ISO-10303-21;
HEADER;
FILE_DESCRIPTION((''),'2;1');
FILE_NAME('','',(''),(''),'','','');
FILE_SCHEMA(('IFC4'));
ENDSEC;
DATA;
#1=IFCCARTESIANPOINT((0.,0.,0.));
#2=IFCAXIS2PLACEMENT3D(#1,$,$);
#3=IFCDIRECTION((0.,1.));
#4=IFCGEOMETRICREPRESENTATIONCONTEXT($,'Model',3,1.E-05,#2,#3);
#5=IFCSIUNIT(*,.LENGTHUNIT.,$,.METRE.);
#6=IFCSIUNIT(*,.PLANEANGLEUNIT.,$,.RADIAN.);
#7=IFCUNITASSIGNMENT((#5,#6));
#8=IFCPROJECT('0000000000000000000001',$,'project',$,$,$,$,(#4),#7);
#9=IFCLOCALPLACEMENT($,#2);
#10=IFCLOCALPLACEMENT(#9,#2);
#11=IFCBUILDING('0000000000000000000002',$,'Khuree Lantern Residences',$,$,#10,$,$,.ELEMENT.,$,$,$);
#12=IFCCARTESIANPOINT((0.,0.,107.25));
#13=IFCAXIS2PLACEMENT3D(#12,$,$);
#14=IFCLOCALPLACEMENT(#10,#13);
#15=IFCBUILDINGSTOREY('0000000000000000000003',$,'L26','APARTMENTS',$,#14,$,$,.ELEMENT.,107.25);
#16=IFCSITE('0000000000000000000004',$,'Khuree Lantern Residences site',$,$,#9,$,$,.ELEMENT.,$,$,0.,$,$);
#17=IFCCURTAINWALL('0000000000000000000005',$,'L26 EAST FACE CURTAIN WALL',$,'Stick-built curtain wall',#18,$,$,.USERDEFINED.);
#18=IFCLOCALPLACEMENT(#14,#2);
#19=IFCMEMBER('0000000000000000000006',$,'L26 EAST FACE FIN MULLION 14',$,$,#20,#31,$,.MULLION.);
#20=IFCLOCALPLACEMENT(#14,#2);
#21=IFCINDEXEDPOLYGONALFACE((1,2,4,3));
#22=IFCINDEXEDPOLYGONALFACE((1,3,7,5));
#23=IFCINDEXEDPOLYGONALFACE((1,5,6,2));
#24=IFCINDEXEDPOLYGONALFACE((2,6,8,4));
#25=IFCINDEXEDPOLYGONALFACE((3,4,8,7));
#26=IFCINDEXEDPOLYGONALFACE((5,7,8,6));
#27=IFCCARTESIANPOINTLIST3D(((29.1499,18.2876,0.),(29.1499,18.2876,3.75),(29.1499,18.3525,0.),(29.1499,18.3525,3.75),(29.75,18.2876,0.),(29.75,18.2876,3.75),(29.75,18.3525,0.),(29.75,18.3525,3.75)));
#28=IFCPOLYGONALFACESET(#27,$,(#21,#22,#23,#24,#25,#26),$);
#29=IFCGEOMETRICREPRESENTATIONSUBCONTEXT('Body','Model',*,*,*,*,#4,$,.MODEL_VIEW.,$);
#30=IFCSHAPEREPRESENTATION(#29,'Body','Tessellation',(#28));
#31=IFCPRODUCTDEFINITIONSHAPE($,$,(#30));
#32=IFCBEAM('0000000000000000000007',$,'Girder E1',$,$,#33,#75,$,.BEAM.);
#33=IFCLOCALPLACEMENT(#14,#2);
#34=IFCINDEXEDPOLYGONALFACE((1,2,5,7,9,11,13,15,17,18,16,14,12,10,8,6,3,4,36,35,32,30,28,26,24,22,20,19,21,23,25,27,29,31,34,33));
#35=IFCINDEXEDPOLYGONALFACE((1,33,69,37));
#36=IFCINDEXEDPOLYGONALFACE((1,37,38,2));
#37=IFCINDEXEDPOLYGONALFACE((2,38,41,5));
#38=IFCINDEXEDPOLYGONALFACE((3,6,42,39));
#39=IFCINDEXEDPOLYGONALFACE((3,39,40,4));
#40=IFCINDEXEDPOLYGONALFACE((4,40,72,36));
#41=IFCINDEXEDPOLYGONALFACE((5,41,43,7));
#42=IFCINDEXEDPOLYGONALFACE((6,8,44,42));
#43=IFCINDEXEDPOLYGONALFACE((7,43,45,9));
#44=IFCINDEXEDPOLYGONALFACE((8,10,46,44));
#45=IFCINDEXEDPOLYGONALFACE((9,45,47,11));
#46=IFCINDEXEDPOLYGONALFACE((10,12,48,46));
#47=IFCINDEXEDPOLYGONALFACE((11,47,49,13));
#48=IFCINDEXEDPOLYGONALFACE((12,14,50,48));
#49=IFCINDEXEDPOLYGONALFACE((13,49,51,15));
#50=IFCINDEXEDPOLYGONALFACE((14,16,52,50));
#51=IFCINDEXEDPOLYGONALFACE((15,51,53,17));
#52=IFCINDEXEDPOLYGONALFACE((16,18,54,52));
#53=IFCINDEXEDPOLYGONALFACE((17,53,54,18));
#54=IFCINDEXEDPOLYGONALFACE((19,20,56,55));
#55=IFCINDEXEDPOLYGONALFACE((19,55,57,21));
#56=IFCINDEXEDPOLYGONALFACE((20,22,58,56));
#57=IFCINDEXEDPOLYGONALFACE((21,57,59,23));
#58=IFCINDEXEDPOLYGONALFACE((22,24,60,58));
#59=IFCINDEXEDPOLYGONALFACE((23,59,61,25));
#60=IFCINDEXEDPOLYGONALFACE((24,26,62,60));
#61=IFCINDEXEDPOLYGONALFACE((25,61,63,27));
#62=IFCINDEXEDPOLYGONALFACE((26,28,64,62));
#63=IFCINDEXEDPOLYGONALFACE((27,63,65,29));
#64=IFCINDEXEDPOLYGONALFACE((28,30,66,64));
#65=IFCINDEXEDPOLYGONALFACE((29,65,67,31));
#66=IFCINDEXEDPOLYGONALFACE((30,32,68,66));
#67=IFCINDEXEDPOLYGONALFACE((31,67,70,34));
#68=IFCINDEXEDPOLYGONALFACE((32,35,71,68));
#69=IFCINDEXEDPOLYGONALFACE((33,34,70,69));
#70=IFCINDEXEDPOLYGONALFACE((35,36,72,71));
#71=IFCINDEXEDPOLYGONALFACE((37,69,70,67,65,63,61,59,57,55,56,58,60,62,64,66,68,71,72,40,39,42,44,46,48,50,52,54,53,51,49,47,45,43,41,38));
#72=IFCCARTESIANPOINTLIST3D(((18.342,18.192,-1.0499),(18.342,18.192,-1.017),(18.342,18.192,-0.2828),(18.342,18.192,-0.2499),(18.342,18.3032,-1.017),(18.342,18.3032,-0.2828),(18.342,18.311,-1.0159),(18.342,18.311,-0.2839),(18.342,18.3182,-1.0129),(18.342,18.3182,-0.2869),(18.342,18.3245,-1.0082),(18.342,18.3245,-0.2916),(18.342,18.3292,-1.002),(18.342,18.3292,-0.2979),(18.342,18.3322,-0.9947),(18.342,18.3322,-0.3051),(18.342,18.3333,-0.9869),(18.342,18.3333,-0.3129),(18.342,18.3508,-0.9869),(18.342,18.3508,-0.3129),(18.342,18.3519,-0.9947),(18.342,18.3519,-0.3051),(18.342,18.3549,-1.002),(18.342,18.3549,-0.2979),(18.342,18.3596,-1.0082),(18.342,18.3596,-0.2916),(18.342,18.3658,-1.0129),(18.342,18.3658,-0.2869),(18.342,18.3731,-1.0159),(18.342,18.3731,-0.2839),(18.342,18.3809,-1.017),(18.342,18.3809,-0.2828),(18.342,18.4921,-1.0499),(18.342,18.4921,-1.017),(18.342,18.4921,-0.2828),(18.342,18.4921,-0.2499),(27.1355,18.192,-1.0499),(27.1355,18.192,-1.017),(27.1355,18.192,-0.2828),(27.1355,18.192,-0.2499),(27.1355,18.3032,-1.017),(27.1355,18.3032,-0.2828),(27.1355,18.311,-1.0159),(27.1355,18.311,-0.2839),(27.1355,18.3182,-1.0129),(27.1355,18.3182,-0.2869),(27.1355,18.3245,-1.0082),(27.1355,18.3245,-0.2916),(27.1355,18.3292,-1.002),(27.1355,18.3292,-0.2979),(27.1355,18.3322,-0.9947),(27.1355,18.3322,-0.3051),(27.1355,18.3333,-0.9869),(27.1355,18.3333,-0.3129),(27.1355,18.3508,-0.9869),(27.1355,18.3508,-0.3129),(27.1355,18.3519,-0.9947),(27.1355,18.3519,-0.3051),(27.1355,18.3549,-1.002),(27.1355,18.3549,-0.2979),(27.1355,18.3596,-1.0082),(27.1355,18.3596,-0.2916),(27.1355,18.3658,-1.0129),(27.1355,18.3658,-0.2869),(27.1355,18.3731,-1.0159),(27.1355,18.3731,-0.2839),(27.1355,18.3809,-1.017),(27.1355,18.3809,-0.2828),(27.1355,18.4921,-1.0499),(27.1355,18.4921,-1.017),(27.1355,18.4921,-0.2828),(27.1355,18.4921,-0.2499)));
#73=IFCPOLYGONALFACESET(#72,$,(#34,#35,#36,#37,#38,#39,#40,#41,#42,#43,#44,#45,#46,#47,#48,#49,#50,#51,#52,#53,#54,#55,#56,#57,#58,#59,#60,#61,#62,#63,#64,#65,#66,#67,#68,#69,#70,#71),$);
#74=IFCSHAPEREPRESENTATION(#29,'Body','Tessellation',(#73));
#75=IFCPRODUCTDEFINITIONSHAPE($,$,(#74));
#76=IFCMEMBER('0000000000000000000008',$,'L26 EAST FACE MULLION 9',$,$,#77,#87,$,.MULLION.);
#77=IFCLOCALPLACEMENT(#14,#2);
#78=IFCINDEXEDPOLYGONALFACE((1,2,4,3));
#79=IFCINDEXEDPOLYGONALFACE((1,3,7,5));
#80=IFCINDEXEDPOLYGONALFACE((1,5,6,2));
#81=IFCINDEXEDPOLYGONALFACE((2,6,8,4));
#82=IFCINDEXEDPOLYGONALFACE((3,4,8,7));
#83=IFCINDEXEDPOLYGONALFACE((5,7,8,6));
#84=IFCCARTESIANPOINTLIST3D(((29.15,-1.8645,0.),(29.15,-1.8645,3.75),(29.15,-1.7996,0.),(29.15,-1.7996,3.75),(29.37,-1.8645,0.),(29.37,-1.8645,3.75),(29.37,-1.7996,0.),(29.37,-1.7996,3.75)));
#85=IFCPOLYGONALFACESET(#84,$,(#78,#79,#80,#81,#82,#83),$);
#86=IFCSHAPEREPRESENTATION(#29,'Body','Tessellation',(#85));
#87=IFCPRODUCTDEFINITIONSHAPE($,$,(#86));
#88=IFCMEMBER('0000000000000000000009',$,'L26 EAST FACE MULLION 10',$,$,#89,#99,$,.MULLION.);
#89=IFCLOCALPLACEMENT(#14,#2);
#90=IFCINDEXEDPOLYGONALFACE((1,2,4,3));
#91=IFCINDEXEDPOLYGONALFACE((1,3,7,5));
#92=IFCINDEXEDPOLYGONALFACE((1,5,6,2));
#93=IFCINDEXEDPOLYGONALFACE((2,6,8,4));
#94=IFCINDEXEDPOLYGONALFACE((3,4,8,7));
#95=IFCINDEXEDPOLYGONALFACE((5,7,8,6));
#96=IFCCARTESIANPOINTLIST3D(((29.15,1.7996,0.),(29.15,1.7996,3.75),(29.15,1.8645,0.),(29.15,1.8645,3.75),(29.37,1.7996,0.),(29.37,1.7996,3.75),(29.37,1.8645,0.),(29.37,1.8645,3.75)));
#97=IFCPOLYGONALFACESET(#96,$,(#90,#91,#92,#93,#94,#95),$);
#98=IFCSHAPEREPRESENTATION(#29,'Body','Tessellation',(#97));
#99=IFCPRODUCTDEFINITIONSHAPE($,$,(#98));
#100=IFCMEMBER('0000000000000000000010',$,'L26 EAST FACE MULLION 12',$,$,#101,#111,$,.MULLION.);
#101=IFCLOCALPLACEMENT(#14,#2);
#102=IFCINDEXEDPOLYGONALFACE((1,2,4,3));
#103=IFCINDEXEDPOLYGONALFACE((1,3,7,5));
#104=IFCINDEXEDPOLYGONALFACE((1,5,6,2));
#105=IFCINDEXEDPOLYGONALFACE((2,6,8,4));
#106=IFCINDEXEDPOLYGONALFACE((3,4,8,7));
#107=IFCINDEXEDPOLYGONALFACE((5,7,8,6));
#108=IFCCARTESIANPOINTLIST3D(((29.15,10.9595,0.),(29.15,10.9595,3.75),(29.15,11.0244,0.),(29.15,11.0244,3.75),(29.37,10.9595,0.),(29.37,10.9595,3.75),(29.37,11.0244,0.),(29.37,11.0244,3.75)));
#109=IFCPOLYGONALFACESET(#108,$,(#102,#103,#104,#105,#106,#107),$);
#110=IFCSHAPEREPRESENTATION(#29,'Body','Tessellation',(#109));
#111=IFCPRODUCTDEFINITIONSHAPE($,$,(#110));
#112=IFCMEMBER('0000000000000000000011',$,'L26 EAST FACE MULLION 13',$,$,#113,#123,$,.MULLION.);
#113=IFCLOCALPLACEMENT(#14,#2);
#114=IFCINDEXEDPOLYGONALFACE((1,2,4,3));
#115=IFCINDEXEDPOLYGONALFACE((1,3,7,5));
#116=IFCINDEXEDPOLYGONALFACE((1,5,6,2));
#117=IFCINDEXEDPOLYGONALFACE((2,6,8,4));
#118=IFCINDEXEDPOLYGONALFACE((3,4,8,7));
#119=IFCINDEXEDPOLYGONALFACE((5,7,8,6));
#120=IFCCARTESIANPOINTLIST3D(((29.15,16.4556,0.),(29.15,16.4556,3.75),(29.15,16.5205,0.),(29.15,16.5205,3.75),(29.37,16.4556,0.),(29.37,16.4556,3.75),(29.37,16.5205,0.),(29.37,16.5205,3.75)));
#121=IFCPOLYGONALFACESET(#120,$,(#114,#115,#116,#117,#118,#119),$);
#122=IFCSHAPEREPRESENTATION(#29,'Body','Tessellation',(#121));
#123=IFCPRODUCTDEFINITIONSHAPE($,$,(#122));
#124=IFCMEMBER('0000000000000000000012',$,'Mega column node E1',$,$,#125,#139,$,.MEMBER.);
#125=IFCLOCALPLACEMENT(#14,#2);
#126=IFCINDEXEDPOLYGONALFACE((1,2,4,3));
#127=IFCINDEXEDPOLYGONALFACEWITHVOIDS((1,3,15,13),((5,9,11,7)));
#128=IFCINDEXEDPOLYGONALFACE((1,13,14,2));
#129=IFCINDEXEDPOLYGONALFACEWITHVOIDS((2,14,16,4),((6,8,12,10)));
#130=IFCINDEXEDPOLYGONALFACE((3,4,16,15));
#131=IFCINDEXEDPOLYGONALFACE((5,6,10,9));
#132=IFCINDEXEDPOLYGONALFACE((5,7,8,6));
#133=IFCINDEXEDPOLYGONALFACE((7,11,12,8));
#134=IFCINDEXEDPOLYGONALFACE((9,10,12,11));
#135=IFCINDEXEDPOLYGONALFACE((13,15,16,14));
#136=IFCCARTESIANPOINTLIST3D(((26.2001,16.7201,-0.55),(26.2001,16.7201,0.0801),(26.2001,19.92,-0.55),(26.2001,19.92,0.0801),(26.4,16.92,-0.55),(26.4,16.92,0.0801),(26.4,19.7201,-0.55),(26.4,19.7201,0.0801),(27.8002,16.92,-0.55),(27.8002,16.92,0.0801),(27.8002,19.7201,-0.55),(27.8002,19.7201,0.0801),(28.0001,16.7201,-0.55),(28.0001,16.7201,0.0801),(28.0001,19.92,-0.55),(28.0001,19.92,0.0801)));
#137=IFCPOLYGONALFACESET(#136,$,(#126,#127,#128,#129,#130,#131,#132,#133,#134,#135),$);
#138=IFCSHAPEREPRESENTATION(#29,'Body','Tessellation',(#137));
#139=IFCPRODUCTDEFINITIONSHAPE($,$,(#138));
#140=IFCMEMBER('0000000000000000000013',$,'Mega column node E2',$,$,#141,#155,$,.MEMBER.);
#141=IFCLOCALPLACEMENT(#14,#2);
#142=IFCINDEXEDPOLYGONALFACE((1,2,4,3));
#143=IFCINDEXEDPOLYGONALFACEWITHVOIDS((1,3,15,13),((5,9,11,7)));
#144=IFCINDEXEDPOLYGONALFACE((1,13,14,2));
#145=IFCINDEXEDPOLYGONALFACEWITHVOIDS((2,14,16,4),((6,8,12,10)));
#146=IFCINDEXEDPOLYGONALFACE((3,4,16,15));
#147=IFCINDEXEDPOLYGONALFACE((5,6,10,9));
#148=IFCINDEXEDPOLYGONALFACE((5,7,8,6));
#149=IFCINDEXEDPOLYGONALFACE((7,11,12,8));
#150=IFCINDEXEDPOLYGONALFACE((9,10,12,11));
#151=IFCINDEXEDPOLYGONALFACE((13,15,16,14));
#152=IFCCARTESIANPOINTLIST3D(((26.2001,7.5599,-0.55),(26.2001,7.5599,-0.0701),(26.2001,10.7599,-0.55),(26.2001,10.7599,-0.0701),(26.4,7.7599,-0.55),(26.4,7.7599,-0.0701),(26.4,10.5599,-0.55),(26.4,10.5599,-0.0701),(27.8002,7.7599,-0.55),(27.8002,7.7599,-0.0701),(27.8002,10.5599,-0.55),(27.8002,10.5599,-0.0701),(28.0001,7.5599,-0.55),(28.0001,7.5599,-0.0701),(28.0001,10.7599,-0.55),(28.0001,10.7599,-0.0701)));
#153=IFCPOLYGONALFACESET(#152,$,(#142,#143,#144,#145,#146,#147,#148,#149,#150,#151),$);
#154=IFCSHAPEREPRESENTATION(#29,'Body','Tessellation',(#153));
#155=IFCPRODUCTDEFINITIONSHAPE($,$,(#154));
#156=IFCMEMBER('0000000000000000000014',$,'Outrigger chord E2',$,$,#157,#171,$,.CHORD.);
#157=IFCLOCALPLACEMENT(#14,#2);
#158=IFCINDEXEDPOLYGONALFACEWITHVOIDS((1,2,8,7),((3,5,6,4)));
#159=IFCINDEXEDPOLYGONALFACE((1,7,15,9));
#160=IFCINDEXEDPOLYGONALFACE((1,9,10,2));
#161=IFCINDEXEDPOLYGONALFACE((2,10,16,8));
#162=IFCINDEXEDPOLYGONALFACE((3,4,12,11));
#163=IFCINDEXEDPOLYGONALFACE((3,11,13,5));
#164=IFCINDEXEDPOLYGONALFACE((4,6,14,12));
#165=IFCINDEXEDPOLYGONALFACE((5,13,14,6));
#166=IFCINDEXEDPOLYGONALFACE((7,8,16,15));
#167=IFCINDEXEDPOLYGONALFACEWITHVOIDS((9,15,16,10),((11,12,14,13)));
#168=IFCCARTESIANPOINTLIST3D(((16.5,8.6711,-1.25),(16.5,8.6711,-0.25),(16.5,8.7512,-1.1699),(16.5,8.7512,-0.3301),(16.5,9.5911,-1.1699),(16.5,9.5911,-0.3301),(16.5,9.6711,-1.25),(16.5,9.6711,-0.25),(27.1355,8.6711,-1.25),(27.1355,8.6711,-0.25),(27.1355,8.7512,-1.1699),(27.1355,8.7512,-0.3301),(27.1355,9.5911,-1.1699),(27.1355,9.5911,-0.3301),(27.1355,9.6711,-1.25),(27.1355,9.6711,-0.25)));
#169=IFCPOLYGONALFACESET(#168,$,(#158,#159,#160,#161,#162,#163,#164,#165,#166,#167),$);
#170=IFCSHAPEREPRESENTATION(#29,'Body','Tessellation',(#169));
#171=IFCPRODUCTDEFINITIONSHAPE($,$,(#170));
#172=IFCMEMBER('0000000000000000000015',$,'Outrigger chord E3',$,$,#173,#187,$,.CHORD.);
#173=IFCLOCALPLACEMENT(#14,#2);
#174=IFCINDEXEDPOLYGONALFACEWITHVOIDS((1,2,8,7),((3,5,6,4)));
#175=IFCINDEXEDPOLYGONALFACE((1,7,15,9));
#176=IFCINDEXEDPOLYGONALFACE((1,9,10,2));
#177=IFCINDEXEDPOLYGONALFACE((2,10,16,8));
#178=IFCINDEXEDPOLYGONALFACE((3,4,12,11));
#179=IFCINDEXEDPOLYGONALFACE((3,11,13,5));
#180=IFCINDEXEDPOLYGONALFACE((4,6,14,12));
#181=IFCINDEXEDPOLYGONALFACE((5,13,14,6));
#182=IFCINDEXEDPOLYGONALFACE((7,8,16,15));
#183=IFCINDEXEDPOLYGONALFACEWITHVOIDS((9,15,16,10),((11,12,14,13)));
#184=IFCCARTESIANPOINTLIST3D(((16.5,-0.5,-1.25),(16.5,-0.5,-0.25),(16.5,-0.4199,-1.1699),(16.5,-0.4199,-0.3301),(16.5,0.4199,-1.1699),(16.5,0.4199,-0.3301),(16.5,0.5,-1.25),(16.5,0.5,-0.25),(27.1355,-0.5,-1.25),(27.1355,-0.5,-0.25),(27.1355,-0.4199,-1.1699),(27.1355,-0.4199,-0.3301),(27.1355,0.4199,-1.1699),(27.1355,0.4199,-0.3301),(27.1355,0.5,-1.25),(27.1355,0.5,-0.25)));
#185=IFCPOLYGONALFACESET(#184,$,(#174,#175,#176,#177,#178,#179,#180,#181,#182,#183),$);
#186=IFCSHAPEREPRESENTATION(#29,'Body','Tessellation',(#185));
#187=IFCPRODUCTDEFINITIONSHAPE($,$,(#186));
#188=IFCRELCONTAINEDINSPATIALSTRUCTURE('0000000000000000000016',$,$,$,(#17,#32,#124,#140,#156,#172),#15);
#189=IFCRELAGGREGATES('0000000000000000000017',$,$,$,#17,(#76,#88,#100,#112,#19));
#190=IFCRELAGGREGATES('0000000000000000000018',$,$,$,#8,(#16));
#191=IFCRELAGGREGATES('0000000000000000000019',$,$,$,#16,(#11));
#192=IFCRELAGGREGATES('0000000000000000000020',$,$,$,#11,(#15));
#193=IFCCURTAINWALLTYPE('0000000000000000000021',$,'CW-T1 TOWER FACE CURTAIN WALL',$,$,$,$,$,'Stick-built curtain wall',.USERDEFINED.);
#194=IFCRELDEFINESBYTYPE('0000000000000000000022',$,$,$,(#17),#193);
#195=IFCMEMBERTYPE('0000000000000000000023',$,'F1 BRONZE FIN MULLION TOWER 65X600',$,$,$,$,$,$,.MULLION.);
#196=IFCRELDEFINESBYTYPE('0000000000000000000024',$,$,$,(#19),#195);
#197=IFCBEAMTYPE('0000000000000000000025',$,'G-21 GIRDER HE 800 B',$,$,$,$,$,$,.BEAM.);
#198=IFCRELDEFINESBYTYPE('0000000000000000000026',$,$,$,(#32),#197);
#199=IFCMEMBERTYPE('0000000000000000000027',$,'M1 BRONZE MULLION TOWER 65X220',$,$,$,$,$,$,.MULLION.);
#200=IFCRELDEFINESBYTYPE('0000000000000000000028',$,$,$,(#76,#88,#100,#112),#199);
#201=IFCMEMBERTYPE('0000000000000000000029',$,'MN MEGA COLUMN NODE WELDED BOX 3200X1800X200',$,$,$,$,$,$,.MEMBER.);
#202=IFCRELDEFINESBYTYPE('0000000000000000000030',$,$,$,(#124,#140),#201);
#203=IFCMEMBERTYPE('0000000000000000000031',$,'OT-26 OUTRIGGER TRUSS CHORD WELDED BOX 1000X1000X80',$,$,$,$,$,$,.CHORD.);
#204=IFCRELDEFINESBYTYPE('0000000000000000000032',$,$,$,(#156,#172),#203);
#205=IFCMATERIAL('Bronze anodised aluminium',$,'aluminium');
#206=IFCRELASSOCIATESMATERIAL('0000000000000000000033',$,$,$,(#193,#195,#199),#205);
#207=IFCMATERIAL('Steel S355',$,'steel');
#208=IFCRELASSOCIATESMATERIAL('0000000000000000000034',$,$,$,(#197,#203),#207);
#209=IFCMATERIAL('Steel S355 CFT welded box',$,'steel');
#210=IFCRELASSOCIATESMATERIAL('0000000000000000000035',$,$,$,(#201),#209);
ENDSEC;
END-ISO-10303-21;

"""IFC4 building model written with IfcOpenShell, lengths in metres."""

from ifc_helpers import new_model, si_unit, direction, frame, origin, origin_2d, place, context, subcontext, project, spatial, rectangle, hollow_rectangle, i_section, extrude, material, material_profile, profile_set, type_object, element, aggregate, save


model = new_model("IFC4")

# Units and contexts
model_context = context("Model", 3, precision=1e-05, world=origin(), true_north=direction((0.0, 1.0)))
body_context = subcontext(model_context, "Body", "Model", "MODEL_VIEW")
ifc_project = project(units=[si_unit("LENGTHUNIT", "METRE"), si_unit("PLANEANGLEUNIT", "RADIAN")], contexts=[model_context])

# Site, building, storey
site_placement = place(None, origin())
site = spatial("IfcSite", under=ifc_project, at=site_placement, Name="Khuree Lantern Residences site", CompositionType="ELEMENT", RefElevation=0.0)
building_placement = place(site_placement, origin())
building = spatial("IfcBuilding", under=site, at=building_placement, Name="Khuree Lantern Residences", CompositionType="ELEMENT")
storey_placement = place(building_placement, frame((0.0, 0.0, 107.25)))
storey = spatial("IfcBuildingStorey", under=building, at=storey_placement, Name="L26", Description="APARTMENTS", CompositionType="ELEMENT", Elevation=107.25)

# Shared definitions
ifc_material_1 = material(Name="Steel S355 CFT welded box", Category="steel")

# Shared definitions
ifc_material_2 = material(Name="Steel S355", Category="steel")

# Curtain wall, member
ifc_material_3 = material(Name="Bronze anodised aluminium", Category="aluminium")
curtain_wall_type = type_object("IfcCurtainWallType", Name="CW-T1 TOWER FACE CURTAIN WALL", ElementType="Stick-built curtain wall", PredefinedType="USERDEFINED", material=ifc_material_3)
curtain_wall_placement = place(storey_placement, origin())
curtain_wall = element("IfcCurtainWall", 1, at=curtain_wall_placement, inside=storey, type_object=curtain_wall_type, Name="L26 EAST FACE CURTAIN WALL", ObjectType="Stick-built curtain wall", PredefinedType="USERDEFINED")
ifc_material_profile_1 = material_profile(ifc_material_3, rectangle(XDim=0.0649, YDim=0.6001, at=origin_2d()), Name="F1 65X600")
ifc_profile_set_1 = profile_set([ifc_material_profile_1], Name="Bronze anodised aluminium")
member_type_1 = type_object("IfcMemberType", Name="F1 BRONZE FIN MULLION TOWER 65X600", PredefinedType="MULLION", material=ifc_profile_set_1)
member_1_placement = place(storey_placement, frame((29.45, 18.3201, 0.0), z_axis=(0.0, 0.0, 1.0), x_axis=(0.0, 1.0, 0.0)))
member_1 = element("IfcMember", 2, at=member_1_placement, type_object=member_type_1, Name="L26 EAST FACE FIN MULLION 14", PredefinedType="MULLION", context=body_context, shape_type="SweptSolid", body=[
    extrude(rectangle(XDim=0.0649, YDim=0.6001, at=origin_2d()), origin(), (0.0, 0.0, 1.0), 3.75),
])

# Beam
ifc_material_profile_2 = material_profile(ifc_material_2, i_section(OverallWidth=0.3, OverallDepth=0.8, WebThickness=0.0176, FlangeThickness=0.033, FilletRadius=0.03, at=origin_2d()), Name="HE 800 B")
ifc_profile_set_2 = profile_set([ifc_material_profile_2], Name="Steel S355")
beam_type_1 = type_object("IfcBeamType", Name="G-21 GIRDER HE 800 B", PredefinedType="BEAM", material=ifc_profile_set_2)
beam_placement = place(storey_placement, frame((27.1355, 18.342, -0.6499), z_axis=(-1.0, 0.0, 0.0), x_axis=(0.0, -1.0, 0.0)))
element("IfcBeam", 3, at=beam_placement, inside=storey, type_object=beam_type_1, Name="Girder E1", PredefinedType="BEAM", context=body_context, shape_type="SweptSolid", body=[
    extrude(i_section(OverallWidth=0.3, OverallDepth=0.8, WebThickness=0.0176, FlangeThickness=0.033, FilletRadius=0.03, at=origin_2d()), origin(), (0.0, 0.0, 1.0), 8.7935),
])

# Members
ifc_material_profile_3 = material_profile(ifc_material_3, rectangle(XDim=0.0649, YDim=0.22, at=origin_2d()), Name="M1 65X220")
ifc_profile_set_3 = profile_set([ifc_material_profile_3], Name="Bronze anodised aluminium")
member_type_2 = type_object("IfcMemberType", Name="M1 BRONZE MULLION TOWER 65X220", PredefinedType="MULLION", material=ifc_profile_set_3)
member_2_placement = place(storey_placement, frame((29.26, -1.832, 0.0), z_axis=(0.0, 0.0, 1.0), x_axis=(0.0, 1.0, 0.0)))
member_2 = element("IfcMember", 4, at=member_2_placement, type_object=member_type_2, Name="L26 EAST FACE MULLION 9", PredefinedType="MULLION", context=body_context, shape_type="SweptSolid", body=[
    extrude(rectangle(XDim=0.0649, YDim=0.22, at=origin_2d()), origin(), (0.0, 0.0, 1.0), 3.75),
])
member_3_placement = place(storey_placement, frame((29.26, 1.832, 0.0), z_axis=(0.0, 0.0, 1.0), x_axis=(0.0, 1.0, 0.0)))
member_3 = element("IfcMember", 5, at=member_3_placement, type_object=member_type_2, Name="L26 EAST FACE MULLION 10", PredefinedType="MULLION", context=body_context, shape_type="SweptSolid", body=[
    extrude(rectangle(XDim=0.0649, YDim=0.22, at=origin_2d()), origin(), (0.0, 0.0, 1.0), 3.75),
])
member_4_placement = place(storey_placement, frame((29.26, 10.9919, 0.0), z_axis=(0.0, 0.0, 1.0), x_axis=(0.0, 1.0, 0.0)))
member_4 = element("IfcMember", 6, at=member_4_placement, type_object=member_type_2, Name="L26 EAST FACE MULLION 12", PredefinedType="MULLION", context=body_context, shape_type="SweptSolid", body=[
    extrude(rectangle(XDim=0.0649, YDim=0.22, at=origin_2d()), origin(), (0.0, 0.0, 1.0), 3.75),
])
member_5_placement = place(storey_placement, frame((29.26, 16.488, 0.0), z_axis=(0.0, 0.0, 1.0), x_axis=(0.0, 1.0, 0.0)))
member_5 = element("IfcMember", 7, at=member_5_placement, type_object=member_type_2, Name="L26 EAST FACE MULLION 13", PredefinedType="MULLION", context=body_context, shape_type="SweptSolid", body=[
    extrude(rectangle(XDim=0.0649, YDim=0.22, at=origin_2d()), origin(), (0.0, 0.0, 1.0), 3.75),
])

# Members
ifc_material_profile_4 = material_profile(ifc_material_1, hollow_rectangle(XDim=3.2, YDim=1.8, WallThickness=0.2, at=origin_2d()), Name="WELDED BOX 3200X1800X200")
ifc_profile_set_4 = profile_set([ifc_material_profile_4], Name="Steel S355 CFT welded box")
member_type_3 = type_object("IfcMemberType", Name="MN MEGA COLUMN NODE WELDED BOX 3200X1800X200", PredefinedType="MEMBER", material=ifc_profile_set_4)
member_6_placement = place(storey_placement, frame((27.1001, 18.3201, -0.55), z_axis=(0.0, 0.0, 1.0), x_axis=(0.0, 1.0, 0.0)))
element("IfcMember", 8, at=member_6_placement, inside=storey, type_object=member_type_3, Name="Mega column node E1", PredefinedType="MEMBER", context=body_context, shape_type="SweptSolid", body=[
    extrude(hollow_rectangle(XDim=3.2, YDim=1.8, WallThickness=0.2, at=origin_2d()), origin(), (0.0, 0.0, 1.0), 0.6301),
])
member_7_placement = place(storey_placement, frame((27.1001, 9.1599, -0.55), z_axis=(0.0, 0.0, 1.0), x_axis=(0.0, 1.0, 0.0)))
element("IfcMember", 9, at=member_7_placement, inside=storey, type_object=member_type_3, Name="Mega column node E2", PredefinedType="MEMBER", context=body_context, shape_type="SweptSolid", body=[
    extrude(hollow_rectangle(XDim=3.2, YDim=1.8, WallThickness=0.2, at=origin_2d()), origin(), (0.0, 0.0, 1.0), 0.48),
])
ifc_material_profile_5 = material_profile(ifc_material_2, hollow_rectangle(XDim=1.0, YDim=1.0, WallThickness=0.0801, at=origin_2d()), Name="WELDED BOX 1000X1000X80")
ifc_profile_set_5 = profile_set([ifc_material_profile_5], Name="Steel S355")
member_type_4 = type_object("IfcMemberType", Name="OT-26 OUTRIGGER TRUSS CHORD WELDED BOX 1000X1000X80", PredefinedType="CHORD", material=ifc_profile_set_5)
for number, where, z_axis, x_axis, name in (
    (10, (27.1355, 9.1711, -0.75), (-1.0, 0.0, 0.0), (0.0, -1.0, 0.0), "Outrigger chord E2"),
    (11, (27.1355, 0.0, -0.75), (-1.0, 0.0, 0.0), (0.0, -1.0, 0.0), "Outrigger chord E3"),
):
    element("IfcMember", number, at=place(storey_placement, frame(where, z_axis=z_axis, x_axis=x_axis)), inside=storey, type_object=member_type_4, Name=name, PredefinedType="CHORD", context=body_context, shape_type="SweptSolid", body=[
        extrude(hollow_rectangle(XDim=1.0, YDim=1.0, WallThickness=0.0801, at=origin_2d()), origin(), (0.0, 0.0, 1.0), 10.6355),
    ])

aggregate(curtain_wall, [member_2, member_3, member_4, member_5, member_1])

save(model, "model.ifc")
